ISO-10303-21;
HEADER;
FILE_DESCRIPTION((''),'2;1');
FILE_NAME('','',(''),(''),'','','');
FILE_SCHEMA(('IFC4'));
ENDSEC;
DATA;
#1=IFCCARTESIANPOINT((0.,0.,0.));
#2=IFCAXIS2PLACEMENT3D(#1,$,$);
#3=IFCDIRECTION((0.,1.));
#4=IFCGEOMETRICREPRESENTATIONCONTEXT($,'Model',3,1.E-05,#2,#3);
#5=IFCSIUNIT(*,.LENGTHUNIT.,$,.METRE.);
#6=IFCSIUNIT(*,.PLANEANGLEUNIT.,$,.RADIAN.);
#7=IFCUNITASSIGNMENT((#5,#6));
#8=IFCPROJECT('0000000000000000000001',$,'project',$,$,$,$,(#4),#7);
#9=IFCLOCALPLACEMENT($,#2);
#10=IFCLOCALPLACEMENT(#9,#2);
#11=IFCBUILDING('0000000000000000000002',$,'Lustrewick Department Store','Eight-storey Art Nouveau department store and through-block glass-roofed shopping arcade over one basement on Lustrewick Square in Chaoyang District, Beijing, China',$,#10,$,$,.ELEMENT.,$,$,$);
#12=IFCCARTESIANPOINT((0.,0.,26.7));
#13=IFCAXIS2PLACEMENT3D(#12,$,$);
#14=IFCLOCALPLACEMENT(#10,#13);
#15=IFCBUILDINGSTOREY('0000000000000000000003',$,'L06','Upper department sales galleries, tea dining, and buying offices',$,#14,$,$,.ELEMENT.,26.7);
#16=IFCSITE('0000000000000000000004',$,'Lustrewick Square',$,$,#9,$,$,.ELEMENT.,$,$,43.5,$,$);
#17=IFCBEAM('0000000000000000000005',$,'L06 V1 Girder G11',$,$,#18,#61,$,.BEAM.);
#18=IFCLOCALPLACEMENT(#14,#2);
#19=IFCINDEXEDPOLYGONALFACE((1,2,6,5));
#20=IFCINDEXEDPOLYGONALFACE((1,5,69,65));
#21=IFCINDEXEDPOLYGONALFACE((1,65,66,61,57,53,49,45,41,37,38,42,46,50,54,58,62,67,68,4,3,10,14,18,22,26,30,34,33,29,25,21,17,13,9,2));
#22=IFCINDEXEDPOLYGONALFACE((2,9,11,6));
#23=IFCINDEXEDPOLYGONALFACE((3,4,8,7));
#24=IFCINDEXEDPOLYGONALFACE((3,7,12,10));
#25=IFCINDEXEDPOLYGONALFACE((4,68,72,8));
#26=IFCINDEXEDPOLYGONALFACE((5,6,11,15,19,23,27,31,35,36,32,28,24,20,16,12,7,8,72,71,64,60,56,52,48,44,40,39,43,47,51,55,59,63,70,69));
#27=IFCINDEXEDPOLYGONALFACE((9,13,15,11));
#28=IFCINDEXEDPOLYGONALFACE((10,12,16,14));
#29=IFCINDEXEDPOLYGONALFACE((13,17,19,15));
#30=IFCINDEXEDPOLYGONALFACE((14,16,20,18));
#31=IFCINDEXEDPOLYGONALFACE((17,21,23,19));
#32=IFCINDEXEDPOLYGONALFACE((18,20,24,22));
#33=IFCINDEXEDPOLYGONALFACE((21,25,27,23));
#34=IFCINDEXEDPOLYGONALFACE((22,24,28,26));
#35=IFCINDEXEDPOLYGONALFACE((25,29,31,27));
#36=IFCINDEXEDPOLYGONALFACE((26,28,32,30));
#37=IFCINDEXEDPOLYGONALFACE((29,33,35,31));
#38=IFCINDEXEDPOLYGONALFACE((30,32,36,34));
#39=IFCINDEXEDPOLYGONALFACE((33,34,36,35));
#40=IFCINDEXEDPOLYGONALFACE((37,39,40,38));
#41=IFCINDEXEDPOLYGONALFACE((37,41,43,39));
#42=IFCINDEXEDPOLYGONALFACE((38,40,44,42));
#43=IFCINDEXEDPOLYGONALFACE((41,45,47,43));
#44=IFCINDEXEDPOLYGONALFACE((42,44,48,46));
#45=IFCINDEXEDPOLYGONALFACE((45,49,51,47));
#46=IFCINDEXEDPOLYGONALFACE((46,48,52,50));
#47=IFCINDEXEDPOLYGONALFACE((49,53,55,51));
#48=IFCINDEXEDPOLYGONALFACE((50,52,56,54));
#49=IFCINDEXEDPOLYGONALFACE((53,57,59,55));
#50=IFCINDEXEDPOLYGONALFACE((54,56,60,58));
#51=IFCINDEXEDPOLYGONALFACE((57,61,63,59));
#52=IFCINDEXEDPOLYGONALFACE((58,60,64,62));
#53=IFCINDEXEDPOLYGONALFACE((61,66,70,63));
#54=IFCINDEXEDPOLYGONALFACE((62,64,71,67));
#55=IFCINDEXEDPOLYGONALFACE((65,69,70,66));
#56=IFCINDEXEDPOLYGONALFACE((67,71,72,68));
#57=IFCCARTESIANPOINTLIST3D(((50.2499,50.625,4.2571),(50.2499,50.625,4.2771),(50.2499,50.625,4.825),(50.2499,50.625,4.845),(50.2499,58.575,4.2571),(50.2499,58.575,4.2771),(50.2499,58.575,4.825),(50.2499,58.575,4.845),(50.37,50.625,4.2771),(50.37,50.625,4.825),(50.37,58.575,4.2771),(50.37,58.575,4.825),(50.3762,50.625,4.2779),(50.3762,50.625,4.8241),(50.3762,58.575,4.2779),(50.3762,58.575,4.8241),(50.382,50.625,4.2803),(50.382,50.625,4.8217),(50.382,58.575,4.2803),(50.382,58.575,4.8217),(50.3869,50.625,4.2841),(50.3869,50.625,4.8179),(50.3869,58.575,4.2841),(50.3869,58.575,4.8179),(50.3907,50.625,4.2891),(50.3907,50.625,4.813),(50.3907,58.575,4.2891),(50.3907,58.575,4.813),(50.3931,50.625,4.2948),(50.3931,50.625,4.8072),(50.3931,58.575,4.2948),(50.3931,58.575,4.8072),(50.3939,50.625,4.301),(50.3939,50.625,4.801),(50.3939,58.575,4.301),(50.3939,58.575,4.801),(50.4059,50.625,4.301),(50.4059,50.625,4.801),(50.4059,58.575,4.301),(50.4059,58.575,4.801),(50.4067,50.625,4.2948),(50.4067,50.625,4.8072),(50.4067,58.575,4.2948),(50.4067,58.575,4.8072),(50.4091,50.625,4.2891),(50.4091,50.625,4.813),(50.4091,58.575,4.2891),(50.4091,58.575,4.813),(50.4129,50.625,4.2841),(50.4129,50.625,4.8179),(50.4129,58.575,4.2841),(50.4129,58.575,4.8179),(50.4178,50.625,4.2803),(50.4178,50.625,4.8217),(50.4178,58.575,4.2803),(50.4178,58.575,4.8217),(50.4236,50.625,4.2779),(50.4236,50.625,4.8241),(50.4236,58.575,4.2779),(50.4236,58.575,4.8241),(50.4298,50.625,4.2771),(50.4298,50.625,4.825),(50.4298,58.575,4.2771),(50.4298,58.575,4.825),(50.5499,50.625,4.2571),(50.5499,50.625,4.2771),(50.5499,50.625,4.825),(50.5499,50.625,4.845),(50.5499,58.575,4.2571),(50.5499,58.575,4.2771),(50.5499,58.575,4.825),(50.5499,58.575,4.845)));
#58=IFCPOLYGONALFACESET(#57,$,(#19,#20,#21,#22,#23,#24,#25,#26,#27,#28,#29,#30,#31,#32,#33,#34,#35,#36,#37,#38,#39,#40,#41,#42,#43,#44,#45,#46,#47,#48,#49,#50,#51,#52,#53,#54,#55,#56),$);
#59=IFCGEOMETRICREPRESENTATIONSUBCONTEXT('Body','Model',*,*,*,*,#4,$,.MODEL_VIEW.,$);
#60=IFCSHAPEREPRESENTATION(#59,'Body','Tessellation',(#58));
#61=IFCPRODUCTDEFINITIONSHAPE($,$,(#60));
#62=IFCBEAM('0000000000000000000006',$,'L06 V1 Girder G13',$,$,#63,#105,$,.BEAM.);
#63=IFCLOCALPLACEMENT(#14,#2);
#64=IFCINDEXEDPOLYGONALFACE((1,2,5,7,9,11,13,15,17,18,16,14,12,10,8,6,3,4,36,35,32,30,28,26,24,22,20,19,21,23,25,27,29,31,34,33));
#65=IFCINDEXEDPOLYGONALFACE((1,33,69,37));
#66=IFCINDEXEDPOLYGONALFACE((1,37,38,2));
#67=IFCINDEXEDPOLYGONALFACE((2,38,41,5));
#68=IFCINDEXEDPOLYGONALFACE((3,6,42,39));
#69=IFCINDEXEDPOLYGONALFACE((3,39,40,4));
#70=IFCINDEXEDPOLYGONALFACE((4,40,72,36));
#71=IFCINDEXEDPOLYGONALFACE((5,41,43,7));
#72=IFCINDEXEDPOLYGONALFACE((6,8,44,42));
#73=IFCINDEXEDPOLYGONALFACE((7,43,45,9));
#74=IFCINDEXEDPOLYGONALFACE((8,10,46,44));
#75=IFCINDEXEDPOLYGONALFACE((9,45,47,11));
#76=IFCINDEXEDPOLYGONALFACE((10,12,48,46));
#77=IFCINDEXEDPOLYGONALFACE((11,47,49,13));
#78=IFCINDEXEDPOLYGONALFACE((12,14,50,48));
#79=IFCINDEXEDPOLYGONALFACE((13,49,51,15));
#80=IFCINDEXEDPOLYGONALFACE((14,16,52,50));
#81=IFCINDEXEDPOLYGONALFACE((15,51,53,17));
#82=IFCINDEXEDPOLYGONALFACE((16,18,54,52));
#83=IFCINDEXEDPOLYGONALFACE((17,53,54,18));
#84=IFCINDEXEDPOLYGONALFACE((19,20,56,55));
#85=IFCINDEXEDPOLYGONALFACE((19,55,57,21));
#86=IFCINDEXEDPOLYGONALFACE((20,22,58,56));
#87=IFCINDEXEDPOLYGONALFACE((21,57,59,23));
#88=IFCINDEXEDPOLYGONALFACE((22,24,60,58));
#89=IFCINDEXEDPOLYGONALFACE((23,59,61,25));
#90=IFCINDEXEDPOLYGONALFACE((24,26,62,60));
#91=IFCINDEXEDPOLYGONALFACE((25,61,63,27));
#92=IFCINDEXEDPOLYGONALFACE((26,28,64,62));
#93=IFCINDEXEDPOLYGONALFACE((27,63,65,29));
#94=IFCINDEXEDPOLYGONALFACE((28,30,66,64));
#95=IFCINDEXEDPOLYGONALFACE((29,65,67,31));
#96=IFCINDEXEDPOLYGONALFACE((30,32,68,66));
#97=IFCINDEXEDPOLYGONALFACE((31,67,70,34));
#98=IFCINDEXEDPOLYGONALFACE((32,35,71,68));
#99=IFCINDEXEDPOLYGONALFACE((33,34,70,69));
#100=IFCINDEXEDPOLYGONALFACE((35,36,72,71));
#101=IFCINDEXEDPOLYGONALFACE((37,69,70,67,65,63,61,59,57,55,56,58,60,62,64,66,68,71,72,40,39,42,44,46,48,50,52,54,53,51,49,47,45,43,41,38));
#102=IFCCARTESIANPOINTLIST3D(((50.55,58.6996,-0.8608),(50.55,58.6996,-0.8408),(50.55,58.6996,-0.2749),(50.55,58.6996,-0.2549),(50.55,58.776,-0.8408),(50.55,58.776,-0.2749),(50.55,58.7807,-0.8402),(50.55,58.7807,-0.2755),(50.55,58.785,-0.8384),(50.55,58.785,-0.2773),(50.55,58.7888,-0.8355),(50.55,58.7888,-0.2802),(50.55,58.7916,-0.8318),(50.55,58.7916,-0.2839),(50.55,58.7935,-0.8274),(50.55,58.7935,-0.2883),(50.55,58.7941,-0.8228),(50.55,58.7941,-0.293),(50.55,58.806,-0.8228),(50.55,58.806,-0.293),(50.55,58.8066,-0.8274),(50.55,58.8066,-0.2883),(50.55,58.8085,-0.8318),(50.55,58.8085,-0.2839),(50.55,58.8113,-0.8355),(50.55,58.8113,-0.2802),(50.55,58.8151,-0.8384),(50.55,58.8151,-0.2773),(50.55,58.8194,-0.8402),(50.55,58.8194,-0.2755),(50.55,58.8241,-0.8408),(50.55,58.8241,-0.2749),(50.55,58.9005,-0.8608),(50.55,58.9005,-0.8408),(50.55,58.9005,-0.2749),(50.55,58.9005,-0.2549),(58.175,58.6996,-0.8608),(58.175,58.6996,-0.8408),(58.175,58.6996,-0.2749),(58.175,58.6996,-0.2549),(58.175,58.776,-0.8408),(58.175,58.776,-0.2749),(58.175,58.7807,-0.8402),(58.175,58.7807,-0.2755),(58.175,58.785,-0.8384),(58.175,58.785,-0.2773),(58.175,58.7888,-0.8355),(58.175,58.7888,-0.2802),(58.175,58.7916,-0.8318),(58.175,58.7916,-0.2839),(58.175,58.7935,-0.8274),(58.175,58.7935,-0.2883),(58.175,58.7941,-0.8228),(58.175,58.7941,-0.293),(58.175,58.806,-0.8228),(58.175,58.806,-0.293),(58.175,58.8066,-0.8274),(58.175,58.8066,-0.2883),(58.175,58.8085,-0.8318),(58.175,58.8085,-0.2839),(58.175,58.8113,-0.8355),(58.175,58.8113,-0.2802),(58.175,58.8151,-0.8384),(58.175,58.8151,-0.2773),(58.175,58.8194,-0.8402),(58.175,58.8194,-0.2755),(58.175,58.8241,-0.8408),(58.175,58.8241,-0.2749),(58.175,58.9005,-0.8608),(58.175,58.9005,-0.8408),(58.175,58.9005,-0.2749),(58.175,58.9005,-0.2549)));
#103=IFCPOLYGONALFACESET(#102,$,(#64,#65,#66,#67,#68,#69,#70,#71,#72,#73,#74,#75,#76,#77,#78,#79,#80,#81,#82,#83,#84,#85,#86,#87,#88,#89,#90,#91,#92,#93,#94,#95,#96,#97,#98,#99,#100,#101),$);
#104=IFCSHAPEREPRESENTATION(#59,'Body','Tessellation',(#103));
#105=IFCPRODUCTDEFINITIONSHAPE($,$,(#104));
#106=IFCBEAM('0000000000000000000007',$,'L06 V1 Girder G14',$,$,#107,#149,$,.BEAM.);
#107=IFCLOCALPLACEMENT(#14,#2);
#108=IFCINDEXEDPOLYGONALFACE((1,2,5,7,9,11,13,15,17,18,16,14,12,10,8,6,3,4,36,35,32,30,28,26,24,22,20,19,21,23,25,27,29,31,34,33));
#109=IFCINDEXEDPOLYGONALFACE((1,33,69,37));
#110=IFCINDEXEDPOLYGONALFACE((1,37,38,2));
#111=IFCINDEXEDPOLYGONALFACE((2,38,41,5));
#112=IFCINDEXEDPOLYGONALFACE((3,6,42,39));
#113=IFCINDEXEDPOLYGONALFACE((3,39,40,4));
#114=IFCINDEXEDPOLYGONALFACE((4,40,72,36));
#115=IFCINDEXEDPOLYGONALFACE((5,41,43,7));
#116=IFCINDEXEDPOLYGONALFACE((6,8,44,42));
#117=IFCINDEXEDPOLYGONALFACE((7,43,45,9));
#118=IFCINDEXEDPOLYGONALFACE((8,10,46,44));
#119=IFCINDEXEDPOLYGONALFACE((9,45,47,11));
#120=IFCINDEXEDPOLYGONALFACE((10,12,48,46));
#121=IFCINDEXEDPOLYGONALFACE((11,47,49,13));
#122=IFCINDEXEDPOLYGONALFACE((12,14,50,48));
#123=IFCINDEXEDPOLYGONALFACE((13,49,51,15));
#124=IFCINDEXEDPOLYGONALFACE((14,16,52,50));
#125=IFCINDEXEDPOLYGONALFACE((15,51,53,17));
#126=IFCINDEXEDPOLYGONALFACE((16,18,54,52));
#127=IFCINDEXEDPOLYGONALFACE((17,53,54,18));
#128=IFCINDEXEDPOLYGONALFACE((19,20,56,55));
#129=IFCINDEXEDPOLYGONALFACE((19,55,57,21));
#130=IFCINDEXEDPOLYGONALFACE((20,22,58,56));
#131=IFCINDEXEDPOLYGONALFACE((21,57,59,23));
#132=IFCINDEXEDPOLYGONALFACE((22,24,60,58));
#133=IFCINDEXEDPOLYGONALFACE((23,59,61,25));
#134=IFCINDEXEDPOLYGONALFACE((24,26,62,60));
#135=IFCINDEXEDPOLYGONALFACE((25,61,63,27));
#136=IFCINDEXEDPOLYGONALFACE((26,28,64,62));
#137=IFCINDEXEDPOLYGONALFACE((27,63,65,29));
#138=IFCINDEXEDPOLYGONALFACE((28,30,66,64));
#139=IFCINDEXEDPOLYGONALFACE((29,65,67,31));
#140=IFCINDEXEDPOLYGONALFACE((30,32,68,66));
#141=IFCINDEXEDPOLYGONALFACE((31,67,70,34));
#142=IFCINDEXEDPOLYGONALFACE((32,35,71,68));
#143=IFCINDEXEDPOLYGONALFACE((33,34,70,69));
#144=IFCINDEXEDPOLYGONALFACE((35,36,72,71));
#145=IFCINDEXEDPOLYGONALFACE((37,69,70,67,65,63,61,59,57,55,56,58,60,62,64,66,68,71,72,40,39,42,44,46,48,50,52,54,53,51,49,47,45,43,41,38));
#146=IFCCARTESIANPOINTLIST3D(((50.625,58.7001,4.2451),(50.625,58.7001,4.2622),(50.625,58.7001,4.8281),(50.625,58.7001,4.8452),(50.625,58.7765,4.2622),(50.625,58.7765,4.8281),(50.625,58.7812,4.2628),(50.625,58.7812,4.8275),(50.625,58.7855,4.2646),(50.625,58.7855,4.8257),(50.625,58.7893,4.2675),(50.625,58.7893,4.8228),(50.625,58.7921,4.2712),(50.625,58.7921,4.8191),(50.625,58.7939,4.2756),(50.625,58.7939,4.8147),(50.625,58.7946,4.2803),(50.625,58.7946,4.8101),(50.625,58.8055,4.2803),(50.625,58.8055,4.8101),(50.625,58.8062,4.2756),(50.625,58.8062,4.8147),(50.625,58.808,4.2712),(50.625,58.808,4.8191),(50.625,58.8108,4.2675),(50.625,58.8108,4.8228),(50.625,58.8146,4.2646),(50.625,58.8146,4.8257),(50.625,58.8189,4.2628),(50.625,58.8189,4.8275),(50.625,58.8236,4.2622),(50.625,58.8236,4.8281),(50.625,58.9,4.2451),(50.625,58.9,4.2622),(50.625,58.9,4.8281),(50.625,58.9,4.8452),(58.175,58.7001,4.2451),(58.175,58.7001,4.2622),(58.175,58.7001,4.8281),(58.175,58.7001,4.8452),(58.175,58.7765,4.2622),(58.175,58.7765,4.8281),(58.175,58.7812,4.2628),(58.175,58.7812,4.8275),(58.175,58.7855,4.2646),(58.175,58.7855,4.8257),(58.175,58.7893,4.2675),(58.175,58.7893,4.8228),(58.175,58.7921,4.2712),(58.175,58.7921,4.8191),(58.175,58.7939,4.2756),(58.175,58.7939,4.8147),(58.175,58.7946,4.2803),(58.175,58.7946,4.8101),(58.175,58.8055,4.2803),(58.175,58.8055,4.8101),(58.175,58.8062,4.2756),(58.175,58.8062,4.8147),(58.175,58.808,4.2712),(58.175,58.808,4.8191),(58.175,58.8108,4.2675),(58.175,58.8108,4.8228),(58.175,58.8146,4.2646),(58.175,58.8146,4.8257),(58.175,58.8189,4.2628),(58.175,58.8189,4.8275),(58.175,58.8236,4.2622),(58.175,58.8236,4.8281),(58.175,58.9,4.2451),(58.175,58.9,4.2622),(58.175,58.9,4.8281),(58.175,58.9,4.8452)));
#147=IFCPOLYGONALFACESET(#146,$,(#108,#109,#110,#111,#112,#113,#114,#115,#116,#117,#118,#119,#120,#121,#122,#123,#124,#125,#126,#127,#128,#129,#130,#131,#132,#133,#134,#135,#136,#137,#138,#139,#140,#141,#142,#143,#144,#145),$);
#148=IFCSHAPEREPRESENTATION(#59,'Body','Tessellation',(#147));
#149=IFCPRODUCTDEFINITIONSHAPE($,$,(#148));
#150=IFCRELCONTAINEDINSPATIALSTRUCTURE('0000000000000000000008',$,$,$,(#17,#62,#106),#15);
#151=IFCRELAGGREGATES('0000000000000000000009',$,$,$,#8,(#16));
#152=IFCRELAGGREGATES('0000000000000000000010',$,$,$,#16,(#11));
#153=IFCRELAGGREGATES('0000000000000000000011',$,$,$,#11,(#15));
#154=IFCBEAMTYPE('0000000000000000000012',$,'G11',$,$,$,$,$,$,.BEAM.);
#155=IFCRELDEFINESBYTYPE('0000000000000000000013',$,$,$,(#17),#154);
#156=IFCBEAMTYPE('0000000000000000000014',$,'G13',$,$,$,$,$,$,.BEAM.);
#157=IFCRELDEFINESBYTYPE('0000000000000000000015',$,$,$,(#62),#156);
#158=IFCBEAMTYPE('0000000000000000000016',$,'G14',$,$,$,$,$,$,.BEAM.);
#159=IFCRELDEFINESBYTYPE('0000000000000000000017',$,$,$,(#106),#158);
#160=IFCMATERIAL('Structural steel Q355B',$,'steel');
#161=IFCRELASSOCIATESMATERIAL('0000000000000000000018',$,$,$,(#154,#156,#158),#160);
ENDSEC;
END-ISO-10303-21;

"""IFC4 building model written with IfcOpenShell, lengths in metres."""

from ifc_helpers import new_model, si_unit, direction, frame, origin, origin_2d, place, context, subcontext, project, spatial, i_section, extrude, material, material_profile, profile_set, type_object, element, save


model = new_model("IFC4")

# Units and contexts
model_context = context("Model", 3, precision=1e-05, world=origin(), true_north=direction((0.0, 1.0)))
body_context = subcontext(model_context, "Body", "Model", "MODEL_VIEW")
ifc_project = project(units=[si_unit("LENGTHUNIT", "METRE"), si_unit("PLANEANGLEUNIT", "RADIAN")], contexts=[model_context])

# Site, building, storey
site_placement = place(None, origin())
site = spatial("IfcSite", under=ifc_project, at=site_placement, Name="Lustrewick Square", CompositionType="ELEMENT", RefElevation=43.5)
building_placement = place(site_placement, origin())
building = spatial("IfcBuilding", under=site, at=building_placement, Name="Lustrewick Department Store", Description="Eight-storey Art Nouveau department store and through-block glass-roofed shopping arcade over one basement on Lustrewick Square in Chaoyang District, Beijing, China", CompositionType="ELEMENT")
storey_placement = place(building_placement, frame((0.0, 0.0, 26.7)))
storey = spatial("IfcBuildingStorey", under=building, at=storey_placement, Name="L06", Description="Upper department sales galleries, tea dining, and buying offices", CompositionType="ELEMENT", Elevation=26.7)

# Shared definitions
ifc_material_1 = material(Name="Structural steel Q355B", Category="steel")

# Beams
ifc_material_profile_1 = material_profile(ifc_material_1, i_section(OverallWidth=0.3, OverallDepth=0.5879, WebThickness=0.012, FlangeThickness=0.02, FilletRadius=0.0239, at=origin_2d()), Name="HM 588x300x12x20")
ifc_profile_set_1 = profile_set([ifc_material_profile_1], Name="Structural steel Q355B")
beam_type_1 = type_object("IfcBeamType", Name="G11", PredefinedType="BEAM", material=ifc_profile_set_1)
beam_1_placement = place(storey_placement, frame((50.3999, 50.625, 4.551), z_axis=(0.0, 1.0, 0.0), x_axis=(-1.0, 0.0, 0.0)))
element("IfcBeam", 1, at=beam_1_placement, inside=storey, type_object=beam_type_1, Name="L06 V1 Girder G11", PredefinedType="BEAM", context=body_context, shape_type="SweptSolid", body=[
    extrude(i_section(OverallWidth=0.3, OverallDepth=0.5879, WebThickness=0.012, FlangeThickness=0.02, FilletRadius=0.0239, at=origin_2d()), origin(), (0.0, 0.0, 1.0), 7.95),
])
ifc_material_profile_2 = material_profile(ifc_material_1, i_section(OverallWidth=0.2009, OverallDepth=0.606, WebThickness=0.012, FlangeThickness=0.02, FilletRadius=0.0181, at=origin_2d()), Name="HN 606x201x12x20")
ifc_profile_set_2 = profile_set([ifc_material_profile_2], Name="Structural steel Q355B")
beam_type_2 = type_object("IfcBeamType", Name="G13", PredefinedType="BEAM", material=ifc_profile_set_2)
beam_2_placement = place(storey_placement, frame((50.55, 58.8, -0.5579), z_axis=(1.0, 0.0, 0.0), x_axis=(0.0, 1.0, 0.0)))
element("IfcBeam", 2, at=beam_2_placement, inside=storey, type_object=beam_type_2, Name="L06 V1 Girder G13", PredefinedType="BEAM", context=body_context, shape_type="SweptSolid", body=[
    extrude(i_section(OverallWidth=0.2009, OverallDepth=0.606, WebThickness=0.012, FlangeThickness=0.02, FilletRadius=0.0181, at=origin_2d()), origin(), (0.0, 0.0, 1.0), 7.625),
])
ifc_material_profile_3 = material_profile(ifc_material_1, i_section(OverallWidth=0.2, OverallDepth=0.6001, WebThickness=0.011, FlangeThickness=0.0171, FilletRadius=0.0181, at=origin_2d()), Name="HN 600x200x11x17")
ifc_profile_set_3 = profile_set([ifc_material_profile_3], Name="Structural steel Q355B")
beam_type_3 = type_object("IfcBeamType", Name="G14", PredefinedType="BEAM", material=ifc_profile_set_3)
beam_3_placement = place(storey_placement, frame((50.625, 58.8, 4.5452), z_axis=(1.0, 0.0, 0.0), x_axis=(0.0, 1.0, 0.0)))
element("IfcBeam", 3, at=beam_3_placement, inside=storey, type_object=beam_type_3, Name="L06 V1 Girder G14", PredefinedType="BEAM", context=body_context, shape_type="SweptSolid", body=[
    extrude(i_section(OverallWidth=0.2, OverallDepth=0.6001, WebThickness=0.011, FlangeThickness=0.0171, FilletRadius=0.0181, at=origin_2d()), origin(), (0.0, 0.0, 1.0), 7.55),
])

save(model, "model.ifc")
